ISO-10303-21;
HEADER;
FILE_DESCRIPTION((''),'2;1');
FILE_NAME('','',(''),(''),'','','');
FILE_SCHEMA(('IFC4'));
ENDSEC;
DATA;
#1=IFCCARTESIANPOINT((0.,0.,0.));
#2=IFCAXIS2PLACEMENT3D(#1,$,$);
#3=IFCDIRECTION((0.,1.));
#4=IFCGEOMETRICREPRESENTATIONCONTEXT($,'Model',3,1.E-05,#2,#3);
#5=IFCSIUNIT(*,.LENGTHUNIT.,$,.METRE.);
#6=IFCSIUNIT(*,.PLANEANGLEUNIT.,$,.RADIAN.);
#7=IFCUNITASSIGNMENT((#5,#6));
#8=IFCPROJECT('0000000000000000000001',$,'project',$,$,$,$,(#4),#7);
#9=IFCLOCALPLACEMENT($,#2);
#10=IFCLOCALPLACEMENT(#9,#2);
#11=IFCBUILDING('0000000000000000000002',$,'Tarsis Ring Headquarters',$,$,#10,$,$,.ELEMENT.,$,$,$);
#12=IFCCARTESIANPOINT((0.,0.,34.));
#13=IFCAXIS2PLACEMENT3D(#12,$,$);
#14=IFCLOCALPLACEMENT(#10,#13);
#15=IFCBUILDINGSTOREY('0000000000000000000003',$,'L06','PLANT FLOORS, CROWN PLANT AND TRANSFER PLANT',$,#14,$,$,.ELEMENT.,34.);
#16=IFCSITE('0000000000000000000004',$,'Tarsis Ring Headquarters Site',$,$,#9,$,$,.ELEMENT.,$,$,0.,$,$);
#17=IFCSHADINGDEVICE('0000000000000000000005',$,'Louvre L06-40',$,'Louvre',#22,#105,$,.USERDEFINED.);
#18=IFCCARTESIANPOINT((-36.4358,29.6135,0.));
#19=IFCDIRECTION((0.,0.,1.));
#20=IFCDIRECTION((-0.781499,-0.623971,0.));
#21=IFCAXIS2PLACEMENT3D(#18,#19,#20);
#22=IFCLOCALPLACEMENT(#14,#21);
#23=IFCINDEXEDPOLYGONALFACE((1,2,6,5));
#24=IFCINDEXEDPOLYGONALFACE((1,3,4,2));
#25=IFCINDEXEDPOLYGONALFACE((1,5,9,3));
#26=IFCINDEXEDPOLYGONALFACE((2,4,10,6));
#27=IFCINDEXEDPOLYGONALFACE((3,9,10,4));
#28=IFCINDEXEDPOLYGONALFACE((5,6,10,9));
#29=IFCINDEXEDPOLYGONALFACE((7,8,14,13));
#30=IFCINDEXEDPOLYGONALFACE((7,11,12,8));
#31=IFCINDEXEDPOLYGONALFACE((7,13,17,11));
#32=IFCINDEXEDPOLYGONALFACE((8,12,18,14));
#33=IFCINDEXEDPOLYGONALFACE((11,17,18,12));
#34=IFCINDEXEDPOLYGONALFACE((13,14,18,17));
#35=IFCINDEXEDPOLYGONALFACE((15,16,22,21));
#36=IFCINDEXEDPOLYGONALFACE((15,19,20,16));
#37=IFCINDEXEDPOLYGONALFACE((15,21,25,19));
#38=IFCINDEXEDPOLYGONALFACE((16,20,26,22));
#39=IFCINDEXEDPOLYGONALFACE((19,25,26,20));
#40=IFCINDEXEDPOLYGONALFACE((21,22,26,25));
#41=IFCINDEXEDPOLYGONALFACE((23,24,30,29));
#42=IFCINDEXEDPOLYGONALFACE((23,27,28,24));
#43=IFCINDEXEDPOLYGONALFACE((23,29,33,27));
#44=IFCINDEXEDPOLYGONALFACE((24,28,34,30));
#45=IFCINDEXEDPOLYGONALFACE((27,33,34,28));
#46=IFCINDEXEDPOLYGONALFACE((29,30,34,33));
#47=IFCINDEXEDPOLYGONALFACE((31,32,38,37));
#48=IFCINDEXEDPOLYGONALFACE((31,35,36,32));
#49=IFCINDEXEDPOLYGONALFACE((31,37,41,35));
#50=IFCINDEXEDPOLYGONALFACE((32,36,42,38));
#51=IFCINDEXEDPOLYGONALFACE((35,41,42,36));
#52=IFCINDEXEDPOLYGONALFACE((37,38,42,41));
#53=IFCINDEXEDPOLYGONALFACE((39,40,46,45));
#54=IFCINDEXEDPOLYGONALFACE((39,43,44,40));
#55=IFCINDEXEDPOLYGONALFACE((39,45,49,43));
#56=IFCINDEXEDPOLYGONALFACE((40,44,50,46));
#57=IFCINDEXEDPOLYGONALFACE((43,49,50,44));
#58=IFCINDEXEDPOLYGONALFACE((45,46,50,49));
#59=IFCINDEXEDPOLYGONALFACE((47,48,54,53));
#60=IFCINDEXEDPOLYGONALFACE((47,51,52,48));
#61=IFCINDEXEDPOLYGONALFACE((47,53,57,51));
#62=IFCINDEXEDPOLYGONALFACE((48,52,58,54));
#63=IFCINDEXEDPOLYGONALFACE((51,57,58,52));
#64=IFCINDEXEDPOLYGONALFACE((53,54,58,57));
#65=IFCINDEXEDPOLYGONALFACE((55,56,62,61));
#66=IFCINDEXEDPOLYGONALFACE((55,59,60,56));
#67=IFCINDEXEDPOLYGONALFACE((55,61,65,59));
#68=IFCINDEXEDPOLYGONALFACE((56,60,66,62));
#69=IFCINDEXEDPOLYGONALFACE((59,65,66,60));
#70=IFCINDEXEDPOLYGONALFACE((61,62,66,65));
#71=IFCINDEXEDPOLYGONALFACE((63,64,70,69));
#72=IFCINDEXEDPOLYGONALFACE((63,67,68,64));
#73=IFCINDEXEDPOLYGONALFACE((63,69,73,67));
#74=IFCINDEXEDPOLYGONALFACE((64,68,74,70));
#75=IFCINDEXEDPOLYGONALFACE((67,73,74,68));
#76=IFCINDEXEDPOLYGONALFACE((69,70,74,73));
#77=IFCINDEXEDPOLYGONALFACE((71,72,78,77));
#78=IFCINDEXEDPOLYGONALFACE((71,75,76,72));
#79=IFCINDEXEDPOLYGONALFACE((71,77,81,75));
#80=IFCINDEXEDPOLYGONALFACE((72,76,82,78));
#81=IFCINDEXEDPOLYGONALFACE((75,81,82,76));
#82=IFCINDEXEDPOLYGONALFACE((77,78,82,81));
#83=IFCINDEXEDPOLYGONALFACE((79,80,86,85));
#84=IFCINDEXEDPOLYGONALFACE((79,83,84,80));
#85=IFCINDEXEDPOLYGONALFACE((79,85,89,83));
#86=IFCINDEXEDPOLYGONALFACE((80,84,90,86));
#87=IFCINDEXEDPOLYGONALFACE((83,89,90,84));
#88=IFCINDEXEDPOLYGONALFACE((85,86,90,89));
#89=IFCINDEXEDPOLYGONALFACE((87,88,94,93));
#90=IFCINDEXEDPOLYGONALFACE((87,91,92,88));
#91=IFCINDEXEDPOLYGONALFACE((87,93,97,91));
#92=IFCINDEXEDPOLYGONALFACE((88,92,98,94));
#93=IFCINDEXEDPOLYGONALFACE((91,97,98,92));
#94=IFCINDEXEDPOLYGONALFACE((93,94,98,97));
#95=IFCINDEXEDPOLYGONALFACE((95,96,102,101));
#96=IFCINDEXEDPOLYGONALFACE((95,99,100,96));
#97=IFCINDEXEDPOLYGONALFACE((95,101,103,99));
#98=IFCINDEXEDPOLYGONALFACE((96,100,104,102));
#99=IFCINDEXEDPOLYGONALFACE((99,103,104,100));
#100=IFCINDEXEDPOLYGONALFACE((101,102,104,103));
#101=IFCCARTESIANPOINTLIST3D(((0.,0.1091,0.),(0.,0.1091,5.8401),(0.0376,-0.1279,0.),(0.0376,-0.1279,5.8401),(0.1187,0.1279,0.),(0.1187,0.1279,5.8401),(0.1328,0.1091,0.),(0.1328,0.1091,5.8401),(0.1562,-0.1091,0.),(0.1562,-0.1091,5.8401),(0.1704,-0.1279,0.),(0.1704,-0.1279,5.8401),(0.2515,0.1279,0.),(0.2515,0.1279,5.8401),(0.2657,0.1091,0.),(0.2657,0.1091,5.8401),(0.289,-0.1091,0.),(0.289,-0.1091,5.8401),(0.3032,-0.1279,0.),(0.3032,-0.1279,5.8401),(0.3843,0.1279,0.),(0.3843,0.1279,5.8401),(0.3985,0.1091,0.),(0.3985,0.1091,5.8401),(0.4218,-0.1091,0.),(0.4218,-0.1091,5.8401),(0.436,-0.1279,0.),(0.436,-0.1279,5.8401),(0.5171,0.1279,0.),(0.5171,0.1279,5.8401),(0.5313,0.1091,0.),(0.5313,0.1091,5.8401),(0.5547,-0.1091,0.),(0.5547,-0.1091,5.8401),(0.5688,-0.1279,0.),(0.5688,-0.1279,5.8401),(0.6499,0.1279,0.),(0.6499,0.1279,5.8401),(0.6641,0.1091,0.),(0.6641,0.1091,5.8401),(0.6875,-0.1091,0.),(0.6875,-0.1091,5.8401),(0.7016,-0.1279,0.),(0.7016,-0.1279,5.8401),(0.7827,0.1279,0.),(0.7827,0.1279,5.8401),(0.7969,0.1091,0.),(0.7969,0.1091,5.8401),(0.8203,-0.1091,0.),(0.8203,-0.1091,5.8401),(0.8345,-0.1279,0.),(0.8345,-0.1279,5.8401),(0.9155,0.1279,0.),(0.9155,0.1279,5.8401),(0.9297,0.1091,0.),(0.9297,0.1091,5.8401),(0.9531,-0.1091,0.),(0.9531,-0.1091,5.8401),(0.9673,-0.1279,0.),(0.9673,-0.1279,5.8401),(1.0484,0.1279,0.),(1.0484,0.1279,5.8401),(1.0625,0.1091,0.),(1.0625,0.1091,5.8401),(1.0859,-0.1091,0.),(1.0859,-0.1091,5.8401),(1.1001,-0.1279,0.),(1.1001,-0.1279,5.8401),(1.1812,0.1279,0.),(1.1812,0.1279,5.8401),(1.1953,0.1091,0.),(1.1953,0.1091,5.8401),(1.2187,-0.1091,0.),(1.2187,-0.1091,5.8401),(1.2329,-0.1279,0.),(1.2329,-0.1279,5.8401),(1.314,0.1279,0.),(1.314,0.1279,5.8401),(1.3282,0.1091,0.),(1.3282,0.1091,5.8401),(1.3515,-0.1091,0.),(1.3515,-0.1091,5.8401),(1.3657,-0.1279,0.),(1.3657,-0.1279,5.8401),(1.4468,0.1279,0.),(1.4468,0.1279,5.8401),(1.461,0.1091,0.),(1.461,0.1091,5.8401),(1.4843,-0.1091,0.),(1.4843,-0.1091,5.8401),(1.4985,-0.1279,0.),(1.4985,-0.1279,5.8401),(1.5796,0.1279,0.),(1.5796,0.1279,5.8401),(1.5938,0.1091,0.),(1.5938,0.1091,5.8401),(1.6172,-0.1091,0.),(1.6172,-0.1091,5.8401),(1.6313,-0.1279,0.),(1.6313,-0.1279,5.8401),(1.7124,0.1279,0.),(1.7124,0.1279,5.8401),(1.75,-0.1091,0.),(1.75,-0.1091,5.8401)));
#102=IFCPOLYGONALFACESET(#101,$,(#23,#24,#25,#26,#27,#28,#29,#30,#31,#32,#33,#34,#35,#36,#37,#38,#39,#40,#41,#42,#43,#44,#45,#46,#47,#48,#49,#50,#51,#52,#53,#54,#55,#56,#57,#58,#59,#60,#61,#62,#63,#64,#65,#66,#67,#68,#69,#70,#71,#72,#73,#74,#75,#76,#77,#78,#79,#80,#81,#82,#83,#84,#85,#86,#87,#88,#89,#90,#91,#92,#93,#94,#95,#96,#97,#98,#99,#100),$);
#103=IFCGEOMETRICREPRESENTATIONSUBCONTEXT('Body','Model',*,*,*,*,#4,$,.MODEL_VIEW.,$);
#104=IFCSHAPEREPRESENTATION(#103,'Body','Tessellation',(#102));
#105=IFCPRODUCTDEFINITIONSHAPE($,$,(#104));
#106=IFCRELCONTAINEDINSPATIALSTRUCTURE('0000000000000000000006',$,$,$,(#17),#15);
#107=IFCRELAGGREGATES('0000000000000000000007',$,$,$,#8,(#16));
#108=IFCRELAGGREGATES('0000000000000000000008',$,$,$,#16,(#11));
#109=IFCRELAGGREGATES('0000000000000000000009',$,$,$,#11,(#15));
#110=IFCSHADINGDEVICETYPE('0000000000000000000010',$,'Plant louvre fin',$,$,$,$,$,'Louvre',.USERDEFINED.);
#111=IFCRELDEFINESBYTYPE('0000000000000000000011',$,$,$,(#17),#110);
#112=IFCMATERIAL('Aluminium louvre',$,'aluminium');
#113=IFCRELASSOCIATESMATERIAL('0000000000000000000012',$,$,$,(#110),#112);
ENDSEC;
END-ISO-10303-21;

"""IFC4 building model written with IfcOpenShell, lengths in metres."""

from ifc_helpers import new_model, si_unit, direction, frame, frame_2d, origin, place, context, subcontext, project, spatial, rectangle, composite_profile, extrude, material, type_object, element, save


model = new_model("IFC4")

# Units and contexts
model_context = context("Model", 3, precision=1e-05, world=origin(), true_north=direction((0.0, 1.0)))
body_context = subcontext(model_context, "Body", "Model", "MODEL_VIEW")
ifc_project = project(units=[si_unit("LENGTHUNIT", "METRE"), si_unit("PLANEANGLEUNIT", "RADIAN")], contexts=[model_context])

# Site, building, storey
site_placement = place(None, origin())
site = spatial("IfcSite", under=ifc_project, at=site_placement, Name="Tarsis Ring Headquarters Site", CompositionType="ELEMENT", RefElevation=0.0)
building_placement = place(site_placement, origin())
building = spatial("IfcBuilding", under=site, at=building_placement, Name="Tarsis Ring Headquarters", CompositionType="ELEMENT")
storey_placement = place(building_placement, frame((0.0, 0.0, 34.0)))
storey = spatial("IfcBuildingStorey", under=building, at=storey_placement, Name="L06", Description="PLANT FLOORS, CROWN PLANT AND TRANSFER PLANT", CompositionType="ELEMENT", Elevation=34.0)

# Shading device
ifc_material_1 = material(Name="Aluminium louvre", Category="aluminium")
shading_device_type_1 = type_object("IfcShadingDeviceType", Name="Plant louvre fin", ElementType="Louvre", PredefinedType="USERDEFINED", material=ifc_material_1)
shading_device_1_placement = place(storey_placement, frame((-36.4358, 29.6135, 0.0), z_axis=(0.0, 0.0, 1.0), x_axis=(-0.781499, -0.623971, 0.0)))
element("IfcShadingDevice", 1, at=shading_device_1_placement, inside=storey, type_object=shading_device_type_1, Name="Louvre L06-40", ObjectType="Louvre", PredefinedType="USERDEFINED", context=body_context, shape_type="SweptSolid", body=[
    extrude(composite_profile([rectangle(XDim=0.1201, YDim=0.24, at=frame_2d((0.0781, 0.0), x_axis=(0.987688, 0.156434))), rectangle(XDim=0.1201, YDim=0.24, at=frame_2d((0.2109, 0.0), x_axis=(0.987688, 0.156434))), rectangle(XDim=0.1201, YDim=0.24, at=frame_2d((0.3438, 0.0), x_axis=(0.987688, 0.156434))), rectangle(XDim=0.1201, YDim=0.24, at=frame_2d((0.4766, 0.0), x_axis=(0.987688, 0.156434))), rectangle(XDim=0.1201, YDim=0.24, at=frame_2d((0.6094, 0.0), x_axis=(0.987688, 0.156434))), rectangle(XDim=0.1201, YDim=0.24, at=frame_2d((0.7422, 0.0), x_axis=(0.987688, 0.156434))), rectangle(XDim=0.1201, YDim=0.24, at=frame_2d((0.875, 0.0), x_axis=(0.987688, 0.156434))), rectangle(XDim=0.1201, YDim=0.24, at=frame_2d((1.0078, 0.0), x_axis=(0.987688, 0.156434))), rectangle(XDim=0.1201, YDim=0.24, at=frame_2d((1.1406, 0.0), x_axis=(0.987688, 0.156434))), rectangle(XDim=0.1201, YDim=0.24, at=frame_2d((1.2734, 0.0), x_axis=(0.987688, 0.156434))), rectangle(XDim=0.1201, YDim=0.24, at=frame_2d((1.4062, 0.0), x_axis=(0.987688, 0.156434))), rectangle(XDim=0.1201, YDim=0.24, at=frame_2d((1.5391, 0.0), x_axis=(0.987688, 0.156434))), rectangle(XDim=0.1201, YDim=0.24, at=frame_2d((1.6719, 0.0), x_axis=(0.987688, 0.156434)))]), origin(), (0.0, 0.0, 1.0), 5.8401),
])

save(model, "model.ifc")
